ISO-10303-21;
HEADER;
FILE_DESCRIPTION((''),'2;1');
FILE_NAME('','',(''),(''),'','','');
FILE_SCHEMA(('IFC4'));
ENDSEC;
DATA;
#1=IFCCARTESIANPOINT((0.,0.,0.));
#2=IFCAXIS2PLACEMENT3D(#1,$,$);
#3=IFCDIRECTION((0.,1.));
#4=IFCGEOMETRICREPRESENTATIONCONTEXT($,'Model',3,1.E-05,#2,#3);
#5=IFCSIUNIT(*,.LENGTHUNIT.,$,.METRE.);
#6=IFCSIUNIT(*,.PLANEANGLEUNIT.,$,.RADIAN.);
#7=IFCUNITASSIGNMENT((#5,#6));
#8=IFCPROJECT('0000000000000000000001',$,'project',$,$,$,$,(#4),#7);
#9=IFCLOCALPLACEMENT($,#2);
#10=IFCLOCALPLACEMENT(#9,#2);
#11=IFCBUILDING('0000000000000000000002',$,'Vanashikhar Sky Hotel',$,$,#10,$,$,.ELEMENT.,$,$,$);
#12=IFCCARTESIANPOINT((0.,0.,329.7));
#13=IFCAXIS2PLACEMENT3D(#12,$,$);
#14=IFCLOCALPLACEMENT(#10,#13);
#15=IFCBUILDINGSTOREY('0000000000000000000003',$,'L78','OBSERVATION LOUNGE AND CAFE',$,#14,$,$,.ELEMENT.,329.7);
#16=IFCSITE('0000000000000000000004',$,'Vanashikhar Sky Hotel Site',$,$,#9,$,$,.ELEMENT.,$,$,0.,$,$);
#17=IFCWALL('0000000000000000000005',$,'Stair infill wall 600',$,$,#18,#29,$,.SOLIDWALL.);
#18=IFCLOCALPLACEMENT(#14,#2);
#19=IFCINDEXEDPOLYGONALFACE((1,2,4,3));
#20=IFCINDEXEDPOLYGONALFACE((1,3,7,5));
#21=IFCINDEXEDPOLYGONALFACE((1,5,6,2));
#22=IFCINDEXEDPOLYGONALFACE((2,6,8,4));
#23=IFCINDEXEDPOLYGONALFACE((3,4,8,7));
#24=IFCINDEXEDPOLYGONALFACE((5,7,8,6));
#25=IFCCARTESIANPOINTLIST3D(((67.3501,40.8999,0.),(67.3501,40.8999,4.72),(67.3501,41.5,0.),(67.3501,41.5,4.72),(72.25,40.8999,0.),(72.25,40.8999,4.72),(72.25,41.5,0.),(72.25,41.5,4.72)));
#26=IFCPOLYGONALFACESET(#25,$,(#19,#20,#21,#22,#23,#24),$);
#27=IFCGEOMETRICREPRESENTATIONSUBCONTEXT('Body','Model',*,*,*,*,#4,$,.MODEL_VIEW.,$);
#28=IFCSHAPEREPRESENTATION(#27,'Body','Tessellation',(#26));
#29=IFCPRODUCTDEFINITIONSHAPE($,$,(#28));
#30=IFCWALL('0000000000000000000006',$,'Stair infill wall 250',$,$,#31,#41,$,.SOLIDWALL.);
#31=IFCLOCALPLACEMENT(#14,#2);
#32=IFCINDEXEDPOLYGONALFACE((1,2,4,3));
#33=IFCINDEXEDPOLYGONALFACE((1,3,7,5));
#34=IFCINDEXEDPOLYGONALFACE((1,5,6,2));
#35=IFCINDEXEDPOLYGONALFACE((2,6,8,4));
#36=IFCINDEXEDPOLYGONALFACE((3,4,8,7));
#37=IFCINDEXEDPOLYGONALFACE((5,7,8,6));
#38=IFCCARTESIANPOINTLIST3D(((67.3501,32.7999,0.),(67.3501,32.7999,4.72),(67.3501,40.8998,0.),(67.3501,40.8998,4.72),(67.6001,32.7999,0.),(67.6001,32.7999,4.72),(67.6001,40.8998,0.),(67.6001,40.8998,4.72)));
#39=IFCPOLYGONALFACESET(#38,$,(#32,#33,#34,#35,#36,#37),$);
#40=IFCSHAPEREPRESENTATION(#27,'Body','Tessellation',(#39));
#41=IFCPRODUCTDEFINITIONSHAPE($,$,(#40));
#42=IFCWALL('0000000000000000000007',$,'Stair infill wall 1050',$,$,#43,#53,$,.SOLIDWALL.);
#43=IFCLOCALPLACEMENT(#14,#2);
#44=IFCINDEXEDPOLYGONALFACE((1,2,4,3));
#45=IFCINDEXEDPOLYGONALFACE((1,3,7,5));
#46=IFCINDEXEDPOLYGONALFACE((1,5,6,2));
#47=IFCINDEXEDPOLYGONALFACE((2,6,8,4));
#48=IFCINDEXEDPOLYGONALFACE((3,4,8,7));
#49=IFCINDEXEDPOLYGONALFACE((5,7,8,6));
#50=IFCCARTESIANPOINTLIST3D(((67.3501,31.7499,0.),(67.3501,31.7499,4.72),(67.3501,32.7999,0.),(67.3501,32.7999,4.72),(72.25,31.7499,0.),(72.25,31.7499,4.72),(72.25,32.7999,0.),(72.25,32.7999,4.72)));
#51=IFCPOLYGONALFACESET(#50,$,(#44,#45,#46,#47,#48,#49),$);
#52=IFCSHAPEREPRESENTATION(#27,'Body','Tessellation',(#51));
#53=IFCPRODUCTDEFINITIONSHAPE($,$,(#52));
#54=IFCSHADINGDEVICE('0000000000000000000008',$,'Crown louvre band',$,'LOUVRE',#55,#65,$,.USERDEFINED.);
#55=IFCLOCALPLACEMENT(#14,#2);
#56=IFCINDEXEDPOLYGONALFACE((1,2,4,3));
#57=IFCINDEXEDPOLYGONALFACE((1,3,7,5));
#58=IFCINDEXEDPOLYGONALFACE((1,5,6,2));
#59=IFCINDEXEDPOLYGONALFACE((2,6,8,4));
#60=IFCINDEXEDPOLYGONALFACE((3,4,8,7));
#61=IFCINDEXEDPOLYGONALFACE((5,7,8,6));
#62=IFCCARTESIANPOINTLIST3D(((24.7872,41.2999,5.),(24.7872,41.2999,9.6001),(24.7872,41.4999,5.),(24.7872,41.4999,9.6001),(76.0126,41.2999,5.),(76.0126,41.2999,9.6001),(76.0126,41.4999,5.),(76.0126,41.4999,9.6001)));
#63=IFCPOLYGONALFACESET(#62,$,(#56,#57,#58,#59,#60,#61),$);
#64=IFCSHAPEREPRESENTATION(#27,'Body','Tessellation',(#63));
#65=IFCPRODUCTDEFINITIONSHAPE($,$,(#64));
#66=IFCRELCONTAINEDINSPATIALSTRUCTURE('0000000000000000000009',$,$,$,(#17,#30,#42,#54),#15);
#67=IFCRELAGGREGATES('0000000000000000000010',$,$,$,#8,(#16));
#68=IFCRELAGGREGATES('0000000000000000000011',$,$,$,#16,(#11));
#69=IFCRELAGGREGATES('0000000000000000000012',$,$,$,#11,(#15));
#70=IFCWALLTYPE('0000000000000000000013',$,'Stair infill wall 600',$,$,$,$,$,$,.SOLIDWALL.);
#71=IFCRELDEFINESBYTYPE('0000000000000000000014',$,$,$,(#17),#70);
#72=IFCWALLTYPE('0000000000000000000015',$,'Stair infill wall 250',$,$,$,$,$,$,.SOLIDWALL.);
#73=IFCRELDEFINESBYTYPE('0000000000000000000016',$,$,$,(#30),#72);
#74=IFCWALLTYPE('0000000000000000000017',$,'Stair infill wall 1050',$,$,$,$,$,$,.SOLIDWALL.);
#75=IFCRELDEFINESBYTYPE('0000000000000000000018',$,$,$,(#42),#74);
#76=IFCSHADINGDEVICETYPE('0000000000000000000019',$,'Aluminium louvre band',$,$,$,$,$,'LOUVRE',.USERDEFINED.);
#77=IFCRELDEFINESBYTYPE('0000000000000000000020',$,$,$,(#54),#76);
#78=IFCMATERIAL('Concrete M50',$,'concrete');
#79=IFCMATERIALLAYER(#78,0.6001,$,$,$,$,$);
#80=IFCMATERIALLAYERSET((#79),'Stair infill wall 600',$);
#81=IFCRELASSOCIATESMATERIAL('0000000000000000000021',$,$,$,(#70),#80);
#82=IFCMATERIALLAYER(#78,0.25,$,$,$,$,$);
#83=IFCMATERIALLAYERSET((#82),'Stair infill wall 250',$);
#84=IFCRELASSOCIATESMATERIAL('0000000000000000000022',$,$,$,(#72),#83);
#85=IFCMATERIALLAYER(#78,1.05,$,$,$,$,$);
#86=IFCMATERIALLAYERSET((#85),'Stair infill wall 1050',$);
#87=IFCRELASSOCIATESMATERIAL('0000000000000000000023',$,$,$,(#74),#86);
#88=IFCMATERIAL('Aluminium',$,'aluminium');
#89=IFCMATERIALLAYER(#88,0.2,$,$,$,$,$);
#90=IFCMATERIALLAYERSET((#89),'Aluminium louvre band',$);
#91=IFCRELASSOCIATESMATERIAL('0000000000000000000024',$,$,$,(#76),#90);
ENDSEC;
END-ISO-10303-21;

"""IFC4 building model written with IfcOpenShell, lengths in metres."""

from ifc_helpers import new_model, si_unit, direction, frame, frame_2d, origin, origin_2d, place, context, subcontext, project, spatial, rectangle, extrude, source, transform, mapped, material, layer, layer_set, type_object, element, save


model = new_model("IFC4")

# Units and contexts
model_context = context("Model", 3, precision=1e-05, world=origin(), true_north=direction((0.0, 1.0)))
body_context = subcontext(model_context, "Body", "Model", "MODEL_VIEW")
ifc_project = project(units=[si_unit("LENGTHUNIT", "METRE"), si_unit("PLANEANGLEUNIT", "RADIAN")], contexts=[model_context])

# Site, building, storey
site_placement = place(None, origin())
site = spatial("IfcSite", under=ifc_project, at=site_placement, Name="Vanashikhar Sky Hotel Site", CompositionType="ELEMENT", RefElevation=0.0)
building_placement = place(site_placement, origin())
building = spatial("IfcBuilding", under=site, at=building_placement, Name="Vanashikhar Sky Hotel", CompositionType="ELEMENT")
storey_placement = place(building_placement, frame((0.0, 0.0, 329.7)))
storey = spatial("IfcBuildingStorey", under=building, at=storey_placement, Name="L78", Description="OBSERVATION LOUNGE AND CAFE", CompositionType="ELEMENT", Elevation=329.7)

# Shared definitions
ifc_material_1 = material(Name="Concrete M50", Category="concrete")

# Walls
ifc_layer_1 = layer(ifc_material_1, 0.6001)
ifc_layer_set_1 = layer_set([ifc_layer_1], Name="Stair infill wall 600")
wall_type_1 = type_object("IfcWallType", Name="Stair infill wall 600", PredefinedType="SOLIDWALL", material=ifc_layer_set_1)
shared_shape_1 = source(origin(), body_context, "Body", "SweptSolid", [
    extrude(rectangle(XDim=4.8999, YDim=0.6001, at=frame_2d((2.45, 0.0))), origin(), (0.0, 0.0, 1.0), 4.72),
])
wall_1_placement = place(storey_placement, frame((67.3501, 41.2, 0.0), z_axis=(0.0, 0.0, 1.0), x_axis=(1.0, 0.0, 0.0)))
element("IfcWall", 1, at=wall_1_placement, inside=storey, type_object=wall_type_1, Name="Stair infill wall 600", PredefinedType="SOLIDWALL", context=body_context, shape_type="MappedRepresentation", body=[
    mapped(shared_shape_1, transform((0.0, 0.0, 0.0), scale=1.0)),
])
ifc_layer_2 = layer(ifc_material_1, 0.25)
ifc_layer_set_2 = layer_set([ifc_layer_2], Name="Stair infill wall 250")
wall_type_2 = type_object("IfcWallType", Name="Stair infill wall 250", PredefinedType="SOLIDWALL", material=ifc_layer_set_2)
shared_shape_2 = source(origin(), body_context, "Body", "SweptSolid", [
    extrude(rectangle(XDim=8.0999, YDim=0.25, at=frame_2d((4.0498, 0.0))), origin(), (0.0, 0.0, 1.0), 4.72),
])
wall_2_placement = place(storey_placement, frame((67.4751, 32.8, 0.0), z_axis=(0.0, 0.0, 1.0), x_axis=(0.0, 1.0, 0.0)))
element("IfcWall", 2, at=wall_2_placement, inside=storey, type_object=wall_type_2, Name="Stair infill wall 250", PredefinedType="SOLIDWALL", context=body_context, shape_type="MappedRepresentation", body=[
    mapped(shared_shape_2, transform((0.0, 0.0, 0.0), scale=1.0)),
])
ifc_layer_3 = layer(ifc_material_1, 1.05)
ifc_layer_set_3 = layer_set([ifc_layer_3], Name="Stair infill wall 1050")
wall_type_3 = type_object("IfcWallType", Name="Stair infill wall 1050", PredefinedType="SOLIDWALL", material=ifc_layer_set_3)
shared_shape_3 = source(origin(), body_context, "Body", "SweptSolid", [
    extrude(rectangle(XDim=4.8999, YDim=1.05, at=frame_2d((2.45, 0.0))), origin(), (0.0, 0.0, 1.0), 4.72),
])
wall_3_placement = place(storey_placement, frame((67.3501, 32.2749, 0.0), z_axis=(0.0, 0.0, 1.0), x_axis=(1.0, 0.0, 0.0)))
element("IfcWall", 3, at=wall_3_placement, inside=storey, type_object=wall_type_3, Name="Stair infill wall 1050", PredefinedType="SOLIDWALL", context=body_context, shape_type="MappedRepresentation", body=[
    mapped(shared_shape_3, transform((0.0, 0.0, 0.0), scale=1.0)),
])

# Shading device
ifc_material_2 = material(Name="Aluminium", Category="aluminium")
ifc_layer_4 = layer(ifc_material_2, 0.2)
ifc_layer_set_4 = layer_set([ifc_layer_4], Name="Aluminium louvre band")
shading_device_type = type_object("IfcShadingDeviceType", Name="Aluminium louvre band", ElementType="LOUVRE", PredefinedType="USERDEFINED", material=ifc_layer_set_4)
shared_shape_4 = source(origin(), body_context, "Body", "SweptSolid", [
    extrude(rectangle(XDim=51.2253, YDim=0.2, at=origin_2d()), origin(), (0.0, 0.0, 1.0), 4.6001),
])
shading_device_placement = place(storey_placement, frame((50.3999, 41.3999, 5.0), z_axis=(0.0, 0.0, 1.0), x_axis=(1.0, 0.0, 0.0)))
element("IfcShadingDevice", 4, at=shading_device_placement, inside=storey, type_object=shading_device_type, Name="Crown louvre band", ObjectType="LOUVRE", PredefinedType="USERDEFINED", context=body_context, shape_type="MappedRepresentation", body=[
    mapped(shared_shape_4, transform((0.0, 0.0, 0.0), scale=1.0)),
])

save(model, "model.ifc")
